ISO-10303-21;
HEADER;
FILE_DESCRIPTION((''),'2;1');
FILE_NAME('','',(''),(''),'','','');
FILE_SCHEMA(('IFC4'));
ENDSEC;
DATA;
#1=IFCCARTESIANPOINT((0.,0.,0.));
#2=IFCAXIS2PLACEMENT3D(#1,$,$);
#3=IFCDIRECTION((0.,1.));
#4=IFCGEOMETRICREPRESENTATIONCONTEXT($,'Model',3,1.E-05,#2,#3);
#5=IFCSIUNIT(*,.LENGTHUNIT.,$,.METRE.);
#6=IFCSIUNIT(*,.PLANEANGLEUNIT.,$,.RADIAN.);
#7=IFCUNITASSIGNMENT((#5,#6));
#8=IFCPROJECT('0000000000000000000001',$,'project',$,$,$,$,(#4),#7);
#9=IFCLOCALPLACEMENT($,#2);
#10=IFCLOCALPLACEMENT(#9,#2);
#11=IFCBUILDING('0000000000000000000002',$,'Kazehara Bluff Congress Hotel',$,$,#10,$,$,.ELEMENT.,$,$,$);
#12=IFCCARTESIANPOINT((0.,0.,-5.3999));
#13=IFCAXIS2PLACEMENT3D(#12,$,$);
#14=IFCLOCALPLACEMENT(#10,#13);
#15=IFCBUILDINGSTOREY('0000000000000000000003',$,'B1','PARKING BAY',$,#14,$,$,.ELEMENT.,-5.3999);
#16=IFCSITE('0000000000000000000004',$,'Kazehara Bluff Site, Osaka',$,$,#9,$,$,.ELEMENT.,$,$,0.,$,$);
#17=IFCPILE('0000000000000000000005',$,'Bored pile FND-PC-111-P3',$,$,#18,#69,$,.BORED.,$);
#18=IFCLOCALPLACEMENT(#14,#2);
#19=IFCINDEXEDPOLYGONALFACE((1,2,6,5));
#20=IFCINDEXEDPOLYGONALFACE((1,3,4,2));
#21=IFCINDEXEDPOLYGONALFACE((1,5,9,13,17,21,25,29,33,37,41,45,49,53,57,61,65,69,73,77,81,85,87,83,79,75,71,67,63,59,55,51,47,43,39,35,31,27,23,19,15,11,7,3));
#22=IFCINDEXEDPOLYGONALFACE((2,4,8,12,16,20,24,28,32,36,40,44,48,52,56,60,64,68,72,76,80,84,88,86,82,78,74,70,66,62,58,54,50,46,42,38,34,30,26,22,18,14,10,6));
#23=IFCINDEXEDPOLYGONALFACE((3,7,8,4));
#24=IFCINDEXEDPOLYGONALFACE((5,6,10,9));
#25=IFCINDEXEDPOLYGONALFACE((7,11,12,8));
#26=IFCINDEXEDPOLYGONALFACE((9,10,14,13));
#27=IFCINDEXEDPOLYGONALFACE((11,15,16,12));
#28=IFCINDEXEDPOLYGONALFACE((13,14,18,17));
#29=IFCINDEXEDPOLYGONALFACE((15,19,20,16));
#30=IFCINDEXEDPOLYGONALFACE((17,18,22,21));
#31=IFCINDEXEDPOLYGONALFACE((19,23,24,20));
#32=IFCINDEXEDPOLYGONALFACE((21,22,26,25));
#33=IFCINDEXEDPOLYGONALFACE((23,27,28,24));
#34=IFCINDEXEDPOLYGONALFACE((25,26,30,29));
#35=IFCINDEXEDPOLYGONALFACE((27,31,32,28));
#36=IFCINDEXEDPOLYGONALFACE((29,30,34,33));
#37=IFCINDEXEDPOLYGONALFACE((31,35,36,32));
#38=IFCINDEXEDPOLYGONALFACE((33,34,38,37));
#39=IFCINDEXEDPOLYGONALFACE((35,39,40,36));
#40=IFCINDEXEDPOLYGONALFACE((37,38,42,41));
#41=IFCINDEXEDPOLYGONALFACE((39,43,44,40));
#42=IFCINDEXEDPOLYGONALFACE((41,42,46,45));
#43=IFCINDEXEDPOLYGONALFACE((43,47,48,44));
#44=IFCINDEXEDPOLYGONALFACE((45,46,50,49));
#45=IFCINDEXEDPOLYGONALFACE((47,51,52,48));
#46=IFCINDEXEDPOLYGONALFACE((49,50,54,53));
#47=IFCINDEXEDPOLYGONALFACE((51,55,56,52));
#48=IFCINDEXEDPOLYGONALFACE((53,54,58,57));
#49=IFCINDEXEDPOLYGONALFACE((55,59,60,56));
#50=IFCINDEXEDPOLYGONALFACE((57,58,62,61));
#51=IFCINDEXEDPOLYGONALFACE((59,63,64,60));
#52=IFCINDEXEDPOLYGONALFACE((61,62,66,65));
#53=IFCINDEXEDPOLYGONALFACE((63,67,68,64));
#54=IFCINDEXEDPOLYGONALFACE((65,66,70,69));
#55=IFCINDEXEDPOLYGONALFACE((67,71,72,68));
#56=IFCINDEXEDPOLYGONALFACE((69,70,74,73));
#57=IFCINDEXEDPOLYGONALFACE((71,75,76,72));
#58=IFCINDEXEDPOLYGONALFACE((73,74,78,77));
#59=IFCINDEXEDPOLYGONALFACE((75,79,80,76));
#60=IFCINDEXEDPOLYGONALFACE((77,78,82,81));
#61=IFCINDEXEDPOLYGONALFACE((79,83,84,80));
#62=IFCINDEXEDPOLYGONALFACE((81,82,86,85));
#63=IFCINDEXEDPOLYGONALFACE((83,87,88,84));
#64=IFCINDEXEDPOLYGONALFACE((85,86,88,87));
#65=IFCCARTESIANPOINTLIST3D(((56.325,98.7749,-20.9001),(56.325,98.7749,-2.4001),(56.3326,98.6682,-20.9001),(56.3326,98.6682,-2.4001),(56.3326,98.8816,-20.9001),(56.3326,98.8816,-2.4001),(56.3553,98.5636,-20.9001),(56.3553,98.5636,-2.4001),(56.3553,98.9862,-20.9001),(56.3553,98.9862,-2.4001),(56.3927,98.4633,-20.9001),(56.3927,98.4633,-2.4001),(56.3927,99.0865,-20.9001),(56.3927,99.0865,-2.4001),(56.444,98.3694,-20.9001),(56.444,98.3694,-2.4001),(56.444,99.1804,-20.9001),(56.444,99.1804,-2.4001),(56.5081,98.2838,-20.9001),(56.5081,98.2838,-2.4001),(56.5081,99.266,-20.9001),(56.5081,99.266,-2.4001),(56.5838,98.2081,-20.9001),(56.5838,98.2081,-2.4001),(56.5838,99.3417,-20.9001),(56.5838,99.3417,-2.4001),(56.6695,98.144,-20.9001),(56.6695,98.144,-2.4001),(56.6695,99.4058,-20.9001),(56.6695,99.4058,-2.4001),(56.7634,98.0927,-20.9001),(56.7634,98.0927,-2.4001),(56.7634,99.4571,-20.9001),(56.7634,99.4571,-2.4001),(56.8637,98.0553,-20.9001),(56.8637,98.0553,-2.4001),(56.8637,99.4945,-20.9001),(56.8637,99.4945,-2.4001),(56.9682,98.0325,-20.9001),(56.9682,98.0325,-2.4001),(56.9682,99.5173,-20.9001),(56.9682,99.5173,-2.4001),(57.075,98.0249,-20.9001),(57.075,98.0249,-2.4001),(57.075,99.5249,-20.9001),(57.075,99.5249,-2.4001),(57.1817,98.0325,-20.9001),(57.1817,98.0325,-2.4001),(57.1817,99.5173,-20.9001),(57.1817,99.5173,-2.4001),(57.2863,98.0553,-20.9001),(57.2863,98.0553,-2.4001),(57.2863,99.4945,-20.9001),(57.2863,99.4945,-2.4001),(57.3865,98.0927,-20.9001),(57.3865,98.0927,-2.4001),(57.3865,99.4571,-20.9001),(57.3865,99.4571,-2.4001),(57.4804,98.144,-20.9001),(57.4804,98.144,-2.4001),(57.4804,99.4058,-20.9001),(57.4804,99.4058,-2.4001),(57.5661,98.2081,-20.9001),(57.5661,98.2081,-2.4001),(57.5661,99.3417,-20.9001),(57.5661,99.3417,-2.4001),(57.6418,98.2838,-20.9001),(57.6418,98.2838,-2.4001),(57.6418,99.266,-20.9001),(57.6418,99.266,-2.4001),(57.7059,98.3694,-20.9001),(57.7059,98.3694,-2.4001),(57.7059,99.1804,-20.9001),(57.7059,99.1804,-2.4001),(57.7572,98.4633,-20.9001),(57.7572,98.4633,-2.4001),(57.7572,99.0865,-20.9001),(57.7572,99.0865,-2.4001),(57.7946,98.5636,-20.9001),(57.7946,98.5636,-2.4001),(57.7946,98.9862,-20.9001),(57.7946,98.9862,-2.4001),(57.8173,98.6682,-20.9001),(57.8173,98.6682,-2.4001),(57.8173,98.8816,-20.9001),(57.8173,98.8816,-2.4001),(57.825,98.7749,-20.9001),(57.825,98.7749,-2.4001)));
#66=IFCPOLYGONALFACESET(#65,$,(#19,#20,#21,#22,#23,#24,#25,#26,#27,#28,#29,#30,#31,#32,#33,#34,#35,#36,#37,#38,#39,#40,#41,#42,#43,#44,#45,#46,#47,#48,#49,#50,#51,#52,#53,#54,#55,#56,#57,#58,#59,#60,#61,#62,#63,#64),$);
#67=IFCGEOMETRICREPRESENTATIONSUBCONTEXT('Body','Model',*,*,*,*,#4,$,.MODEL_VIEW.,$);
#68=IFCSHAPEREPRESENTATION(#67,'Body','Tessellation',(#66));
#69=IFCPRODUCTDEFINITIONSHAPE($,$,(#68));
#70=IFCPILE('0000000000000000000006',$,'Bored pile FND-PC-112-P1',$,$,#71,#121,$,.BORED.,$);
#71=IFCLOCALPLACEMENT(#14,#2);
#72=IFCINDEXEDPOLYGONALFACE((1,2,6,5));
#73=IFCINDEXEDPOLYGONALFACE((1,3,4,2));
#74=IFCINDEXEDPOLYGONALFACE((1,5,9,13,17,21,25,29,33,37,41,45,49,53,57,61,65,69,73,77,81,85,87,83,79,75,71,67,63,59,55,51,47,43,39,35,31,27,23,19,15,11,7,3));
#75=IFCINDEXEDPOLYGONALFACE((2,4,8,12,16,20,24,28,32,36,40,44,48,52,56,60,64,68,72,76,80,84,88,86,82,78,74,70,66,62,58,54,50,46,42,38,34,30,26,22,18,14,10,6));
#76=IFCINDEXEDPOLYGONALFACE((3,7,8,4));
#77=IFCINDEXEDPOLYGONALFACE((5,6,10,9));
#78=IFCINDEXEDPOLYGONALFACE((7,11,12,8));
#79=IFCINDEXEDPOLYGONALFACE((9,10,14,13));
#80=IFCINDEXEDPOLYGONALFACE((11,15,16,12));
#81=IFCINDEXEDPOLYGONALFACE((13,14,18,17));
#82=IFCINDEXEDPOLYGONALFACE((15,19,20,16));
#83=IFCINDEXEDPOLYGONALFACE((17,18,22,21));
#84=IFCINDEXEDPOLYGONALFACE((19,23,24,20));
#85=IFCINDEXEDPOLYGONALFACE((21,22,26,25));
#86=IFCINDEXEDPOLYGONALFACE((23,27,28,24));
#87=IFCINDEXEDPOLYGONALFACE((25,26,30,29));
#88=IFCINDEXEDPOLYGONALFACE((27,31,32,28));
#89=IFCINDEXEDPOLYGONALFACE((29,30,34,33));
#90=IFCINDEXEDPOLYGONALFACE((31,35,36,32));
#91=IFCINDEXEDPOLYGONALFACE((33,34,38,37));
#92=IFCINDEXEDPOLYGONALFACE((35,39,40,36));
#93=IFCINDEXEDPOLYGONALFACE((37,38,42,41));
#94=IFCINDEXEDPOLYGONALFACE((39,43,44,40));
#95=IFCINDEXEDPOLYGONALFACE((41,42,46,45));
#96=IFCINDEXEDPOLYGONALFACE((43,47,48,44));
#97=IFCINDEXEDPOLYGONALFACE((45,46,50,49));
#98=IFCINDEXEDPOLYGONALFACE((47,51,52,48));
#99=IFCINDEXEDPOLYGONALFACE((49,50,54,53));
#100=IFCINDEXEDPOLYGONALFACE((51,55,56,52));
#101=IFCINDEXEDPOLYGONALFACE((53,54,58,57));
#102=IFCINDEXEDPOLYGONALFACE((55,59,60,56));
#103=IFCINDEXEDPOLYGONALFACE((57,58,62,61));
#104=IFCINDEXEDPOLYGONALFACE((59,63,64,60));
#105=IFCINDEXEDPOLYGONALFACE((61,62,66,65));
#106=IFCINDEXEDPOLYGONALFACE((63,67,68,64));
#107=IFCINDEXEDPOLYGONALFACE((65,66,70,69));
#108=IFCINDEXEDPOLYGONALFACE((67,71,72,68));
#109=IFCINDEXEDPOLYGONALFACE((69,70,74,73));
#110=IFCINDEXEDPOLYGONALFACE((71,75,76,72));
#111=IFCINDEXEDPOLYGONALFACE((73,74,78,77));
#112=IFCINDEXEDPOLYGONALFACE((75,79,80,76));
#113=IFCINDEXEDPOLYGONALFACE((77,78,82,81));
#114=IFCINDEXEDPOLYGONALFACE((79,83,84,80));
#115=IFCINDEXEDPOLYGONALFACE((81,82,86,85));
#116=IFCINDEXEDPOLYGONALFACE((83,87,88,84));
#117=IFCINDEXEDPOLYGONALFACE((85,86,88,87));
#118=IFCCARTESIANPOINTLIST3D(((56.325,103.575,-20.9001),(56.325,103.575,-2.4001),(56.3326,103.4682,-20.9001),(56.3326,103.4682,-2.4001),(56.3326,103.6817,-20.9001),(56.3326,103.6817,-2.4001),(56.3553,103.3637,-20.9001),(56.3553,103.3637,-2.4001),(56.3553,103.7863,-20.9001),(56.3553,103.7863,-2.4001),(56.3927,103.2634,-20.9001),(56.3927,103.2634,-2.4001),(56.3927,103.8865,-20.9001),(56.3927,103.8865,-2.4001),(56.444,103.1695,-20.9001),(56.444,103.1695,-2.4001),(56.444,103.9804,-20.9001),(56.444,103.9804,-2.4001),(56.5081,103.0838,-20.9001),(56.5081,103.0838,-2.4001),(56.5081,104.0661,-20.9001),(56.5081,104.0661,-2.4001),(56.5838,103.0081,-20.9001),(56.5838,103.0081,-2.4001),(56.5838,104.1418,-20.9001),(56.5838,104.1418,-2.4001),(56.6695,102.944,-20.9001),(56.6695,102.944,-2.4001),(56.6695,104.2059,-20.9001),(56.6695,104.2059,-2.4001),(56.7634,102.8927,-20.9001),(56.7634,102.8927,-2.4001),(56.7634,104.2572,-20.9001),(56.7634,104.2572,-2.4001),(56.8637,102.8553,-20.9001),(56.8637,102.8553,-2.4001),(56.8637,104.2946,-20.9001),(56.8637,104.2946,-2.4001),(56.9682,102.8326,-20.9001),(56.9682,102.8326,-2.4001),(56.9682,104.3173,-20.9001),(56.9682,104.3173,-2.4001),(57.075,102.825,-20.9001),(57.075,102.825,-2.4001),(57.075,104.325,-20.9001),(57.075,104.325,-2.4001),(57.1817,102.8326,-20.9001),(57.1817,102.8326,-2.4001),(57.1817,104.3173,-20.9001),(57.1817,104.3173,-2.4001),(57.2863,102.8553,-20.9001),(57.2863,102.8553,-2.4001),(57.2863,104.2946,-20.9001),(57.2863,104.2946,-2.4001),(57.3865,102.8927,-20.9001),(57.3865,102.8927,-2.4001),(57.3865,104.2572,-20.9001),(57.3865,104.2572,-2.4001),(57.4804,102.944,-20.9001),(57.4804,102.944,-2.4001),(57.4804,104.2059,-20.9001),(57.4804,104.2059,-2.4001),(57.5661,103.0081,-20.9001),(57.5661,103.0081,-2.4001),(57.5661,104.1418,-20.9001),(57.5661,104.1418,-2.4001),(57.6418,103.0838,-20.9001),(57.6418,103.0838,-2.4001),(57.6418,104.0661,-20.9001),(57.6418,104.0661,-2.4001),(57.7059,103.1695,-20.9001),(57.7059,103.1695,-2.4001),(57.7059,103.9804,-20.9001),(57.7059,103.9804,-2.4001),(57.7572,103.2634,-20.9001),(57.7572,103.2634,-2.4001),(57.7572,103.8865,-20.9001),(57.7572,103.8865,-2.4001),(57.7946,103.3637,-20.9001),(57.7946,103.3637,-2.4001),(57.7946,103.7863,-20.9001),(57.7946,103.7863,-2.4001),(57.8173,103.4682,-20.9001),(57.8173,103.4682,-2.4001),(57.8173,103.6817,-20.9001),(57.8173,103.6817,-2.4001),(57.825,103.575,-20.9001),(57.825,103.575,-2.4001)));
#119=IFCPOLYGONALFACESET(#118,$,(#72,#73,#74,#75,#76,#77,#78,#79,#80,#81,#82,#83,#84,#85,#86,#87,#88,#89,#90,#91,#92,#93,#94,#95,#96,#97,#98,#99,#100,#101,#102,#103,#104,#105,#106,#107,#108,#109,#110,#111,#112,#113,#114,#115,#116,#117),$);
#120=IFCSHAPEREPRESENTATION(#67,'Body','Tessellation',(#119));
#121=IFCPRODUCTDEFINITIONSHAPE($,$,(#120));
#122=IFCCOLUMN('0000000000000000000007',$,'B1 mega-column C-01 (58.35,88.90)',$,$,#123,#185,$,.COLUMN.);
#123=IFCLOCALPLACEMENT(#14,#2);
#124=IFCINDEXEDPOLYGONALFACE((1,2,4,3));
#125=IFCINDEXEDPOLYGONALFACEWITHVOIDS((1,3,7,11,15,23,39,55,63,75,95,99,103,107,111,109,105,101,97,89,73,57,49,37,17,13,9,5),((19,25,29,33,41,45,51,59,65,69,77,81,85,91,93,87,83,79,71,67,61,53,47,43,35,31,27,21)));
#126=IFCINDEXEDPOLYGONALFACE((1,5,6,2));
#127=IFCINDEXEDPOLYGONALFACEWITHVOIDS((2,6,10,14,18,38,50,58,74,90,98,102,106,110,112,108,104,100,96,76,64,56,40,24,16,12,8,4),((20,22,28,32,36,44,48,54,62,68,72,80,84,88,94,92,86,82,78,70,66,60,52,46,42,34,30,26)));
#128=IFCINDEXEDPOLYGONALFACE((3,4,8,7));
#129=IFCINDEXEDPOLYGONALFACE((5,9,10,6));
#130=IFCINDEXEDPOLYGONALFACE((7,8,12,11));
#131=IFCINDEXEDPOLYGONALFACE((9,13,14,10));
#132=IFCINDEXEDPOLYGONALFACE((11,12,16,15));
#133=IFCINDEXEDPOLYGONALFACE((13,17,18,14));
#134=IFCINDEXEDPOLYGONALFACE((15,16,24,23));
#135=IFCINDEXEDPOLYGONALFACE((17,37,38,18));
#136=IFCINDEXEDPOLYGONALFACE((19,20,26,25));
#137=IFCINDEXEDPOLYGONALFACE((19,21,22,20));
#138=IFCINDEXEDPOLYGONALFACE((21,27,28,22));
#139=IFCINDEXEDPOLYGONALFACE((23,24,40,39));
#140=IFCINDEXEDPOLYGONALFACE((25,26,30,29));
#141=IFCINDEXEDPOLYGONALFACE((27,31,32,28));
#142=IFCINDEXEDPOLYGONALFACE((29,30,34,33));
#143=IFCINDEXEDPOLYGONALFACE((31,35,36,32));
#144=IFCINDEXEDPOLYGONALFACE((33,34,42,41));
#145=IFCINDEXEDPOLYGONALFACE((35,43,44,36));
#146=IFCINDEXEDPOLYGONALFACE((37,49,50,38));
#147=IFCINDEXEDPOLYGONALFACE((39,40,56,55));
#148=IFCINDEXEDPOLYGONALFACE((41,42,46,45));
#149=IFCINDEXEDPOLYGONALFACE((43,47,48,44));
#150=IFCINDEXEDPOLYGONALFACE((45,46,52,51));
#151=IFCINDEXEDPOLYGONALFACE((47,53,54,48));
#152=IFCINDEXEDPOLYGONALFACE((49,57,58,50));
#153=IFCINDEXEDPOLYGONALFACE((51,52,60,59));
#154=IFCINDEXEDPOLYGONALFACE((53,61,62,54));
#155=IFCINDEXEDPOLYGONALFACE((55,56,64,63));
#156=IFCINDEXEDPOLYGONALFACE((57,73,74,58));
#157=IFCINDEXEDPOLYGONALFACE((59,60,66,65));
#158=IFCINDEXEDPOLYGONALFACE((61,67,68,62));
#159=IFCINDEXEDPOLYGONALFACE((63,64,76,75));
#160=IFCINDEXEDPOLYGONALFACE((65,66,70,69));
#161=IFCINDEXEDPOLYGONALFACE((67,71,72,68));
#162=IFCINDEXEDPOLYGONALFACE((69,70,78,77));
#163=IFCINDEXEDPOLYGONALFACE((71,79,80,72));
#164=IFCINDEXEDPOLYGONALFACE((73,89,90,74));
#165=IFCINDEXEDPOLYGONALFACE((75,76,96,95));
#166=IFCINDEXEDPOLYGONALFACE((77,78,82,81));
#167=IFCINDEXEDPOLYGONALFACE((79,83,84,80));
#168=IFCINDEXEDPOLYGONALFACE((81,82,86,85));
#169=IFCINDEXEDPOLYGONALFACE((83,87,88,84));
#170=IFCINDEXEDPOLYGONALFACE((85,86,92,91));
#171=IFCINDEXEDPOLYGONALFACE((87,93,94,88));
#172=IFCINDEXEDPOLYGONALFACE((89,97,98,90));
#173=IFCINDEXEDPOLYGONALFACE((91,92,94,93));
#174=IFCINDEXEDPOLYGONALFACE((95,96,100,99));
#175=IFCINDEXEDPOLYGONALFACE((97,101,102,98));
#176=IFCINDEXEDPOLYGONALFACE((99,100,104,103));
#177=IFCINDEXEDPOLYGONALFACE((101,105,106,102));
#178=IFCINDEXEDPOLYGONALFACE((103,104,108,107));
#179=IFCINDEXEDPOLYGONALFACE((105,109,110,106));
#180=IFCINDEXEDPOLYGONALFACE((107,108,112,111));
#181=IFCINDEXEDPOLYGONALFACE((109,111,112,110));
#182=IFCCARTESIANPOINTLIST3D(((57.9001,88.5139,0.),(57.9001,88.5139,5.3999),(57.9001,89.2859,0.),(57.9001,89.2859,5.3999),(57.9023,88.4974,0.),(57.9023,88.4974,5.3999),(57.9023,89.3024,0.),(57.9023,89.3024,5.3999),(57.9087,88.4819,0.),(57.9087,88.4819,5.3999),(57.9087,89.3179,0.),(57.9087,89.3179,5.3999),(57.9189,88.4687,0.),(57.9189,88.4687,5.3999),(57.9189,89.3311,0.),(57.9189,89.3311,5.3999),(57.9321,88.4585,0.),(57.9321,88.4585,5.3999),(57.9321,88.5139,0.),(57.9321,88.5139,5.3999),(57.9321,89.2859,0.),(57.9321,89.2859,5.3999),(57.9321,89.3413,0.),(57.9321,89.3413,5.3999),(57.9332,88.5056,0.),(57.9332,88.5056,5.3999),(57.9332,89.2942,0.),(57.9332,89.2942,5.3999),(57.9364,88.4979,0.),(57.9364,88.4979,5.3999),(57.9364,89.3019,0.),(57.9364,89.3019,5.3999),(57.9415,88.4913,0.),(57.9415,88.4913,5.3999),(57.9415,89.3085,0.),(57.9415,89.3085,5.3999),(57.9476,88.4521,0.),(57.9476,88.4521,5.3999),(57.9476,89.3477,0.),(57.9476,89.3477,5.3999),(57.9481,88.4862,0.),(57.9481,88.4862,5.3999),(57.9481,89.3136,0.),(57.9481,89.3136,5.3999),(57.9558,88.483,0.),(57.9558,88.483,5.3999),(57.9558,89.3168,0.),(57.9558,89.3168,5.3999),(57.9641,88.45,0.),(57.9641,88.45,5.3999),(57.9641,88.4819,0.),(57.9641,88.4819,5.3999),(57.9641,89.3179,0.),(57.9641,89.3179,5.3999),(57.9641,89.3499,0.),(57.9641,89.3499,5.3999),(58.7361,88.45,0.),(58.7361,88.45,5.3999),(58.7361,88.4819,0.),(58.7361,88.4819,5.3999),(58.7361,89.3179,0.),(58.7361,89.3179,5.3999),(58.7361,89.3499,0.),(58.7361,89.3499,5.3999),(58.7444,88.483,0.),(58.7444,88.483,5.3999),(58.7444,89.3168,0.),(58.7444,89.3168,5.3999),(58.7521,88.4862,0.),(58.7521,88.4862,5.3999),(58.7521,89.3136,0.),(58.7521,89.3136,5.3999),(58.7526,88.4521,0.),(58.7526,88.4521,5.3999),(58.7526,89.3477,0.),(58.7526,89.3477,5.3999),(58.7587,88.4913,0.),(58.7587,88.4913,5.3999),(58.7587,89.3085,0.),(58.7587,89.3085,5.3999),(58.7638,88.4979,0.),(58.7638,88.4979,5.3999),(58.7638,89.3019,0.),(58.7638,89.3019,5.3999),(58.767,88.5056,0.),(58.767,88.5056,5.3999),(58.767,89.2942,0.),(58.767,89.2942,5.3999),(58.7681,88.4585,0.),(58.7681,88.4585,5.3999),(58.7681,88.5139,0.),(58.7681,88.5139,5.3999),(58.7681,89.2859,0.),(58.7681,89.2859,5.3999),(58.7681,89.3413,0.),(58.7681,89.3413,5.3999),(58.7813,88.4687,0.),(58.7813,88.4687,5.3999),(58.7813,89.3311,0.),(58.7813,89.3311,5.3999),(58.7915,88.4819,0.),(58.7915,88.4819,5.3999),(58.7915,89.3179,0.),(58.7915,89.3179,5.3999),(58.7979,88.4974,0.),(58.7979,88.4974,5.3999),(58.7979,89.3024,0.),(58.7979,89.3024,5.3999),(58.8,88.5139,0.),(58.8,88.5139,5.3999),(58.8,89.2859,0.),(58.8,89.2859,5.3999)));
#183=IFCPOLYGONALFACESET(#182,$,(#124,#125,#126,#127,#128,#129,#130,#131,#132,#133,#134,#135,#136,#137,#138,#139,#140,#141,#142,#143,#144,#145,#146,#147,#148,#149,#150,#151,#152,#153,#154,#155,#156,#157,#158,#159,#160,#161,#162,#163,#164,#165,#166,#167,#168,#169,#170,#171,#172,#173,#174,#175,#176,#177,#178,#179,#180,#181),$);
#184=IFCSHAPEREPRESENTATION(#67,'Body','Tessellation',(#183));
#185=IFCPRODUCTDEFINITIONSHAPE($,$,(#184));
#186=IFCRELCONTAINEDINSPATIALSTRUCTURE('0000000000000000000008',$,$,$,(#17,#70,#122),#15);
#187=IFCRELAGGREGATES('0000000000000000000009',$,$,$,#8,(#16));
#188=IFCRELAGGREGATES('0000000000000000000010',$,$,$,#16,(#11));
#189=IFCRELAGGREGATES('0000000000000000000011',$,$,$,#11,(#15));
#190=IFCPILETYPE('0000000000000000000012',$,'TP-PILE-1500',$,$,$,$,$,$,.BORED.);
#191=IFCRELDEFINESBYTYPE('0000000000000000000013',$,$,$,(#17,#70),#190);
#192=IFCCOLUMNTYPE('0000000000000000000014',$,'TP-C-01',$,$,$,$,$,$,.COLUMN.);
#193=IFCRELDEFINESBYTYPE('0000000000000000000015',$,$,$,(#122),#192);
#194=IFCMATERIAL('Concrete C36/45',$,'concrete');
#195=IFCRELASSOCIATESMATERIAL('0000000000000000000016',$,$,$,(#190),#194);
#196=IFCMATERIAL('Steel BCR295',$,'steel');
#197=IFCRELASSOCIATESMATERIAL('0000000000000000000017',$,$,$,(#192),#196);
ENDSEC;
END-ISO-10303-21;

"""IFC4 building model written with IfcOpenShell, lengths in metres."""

from ifc_helpers import new_model, si_unit, direction, frame, origin, origin_2d, place, context, subcontext, project, spatial, hollow_rectangle, circle, extrude, material, material_profile, profile_set, type_object, element, save


model = new_model("IFC4")

# Units and contexts
model_context = context("Model", 3, precision=1e-05, world=origin(), true_north=direction((0.0, 1.0)))
body_context = subcontext(model_context, "Body", "Model", "MODEL_VIEW")
ifc_project = project(units=[si_unit("LENGTHUNIT", "METRE"), si_unit("PLANEANGLEUNIT", "RADIAN")], contexts=[model_context])

# Site, building, storey
site_placement = place(None, origin())
site = spatial("IfcSite", under=ifc_project, at=site_placement, Name="Kazehara Bluff Site, Osaka", CompositionType="ELEMENT", RefElevation=0.0)
building_placement = place(site_placement, origin())
building = spatial("IfcBuilding", under=site, at=building_placement, Name="Kazehara Bluff Congress Hotel", CompositionType="ELEMENT")
storey_placement = place(building_placement, frame((0.0, 0.0, -5.3999)))
storey = spatial("IfcBuildingStorey", under=building, at=storey_placement, Name="B1", Description="PARKING BAY", CompositionType="ELEMENT", Elevation=-5.3999)

# Piles
ifc_material_1 = material(Name="Concrete C36/45", Category="concrete")
ifc_material_profile_1 = material_profile(ifc_material_1, circle(Radius=0.75, at=origin_2d()))
ifc_profile_set_1 = profile_set([ifc_material_profile_1], Name="Concrete C36/45")
pile_type_1 = type_object("IfcPileType", Name="TP-PILE-1500", PredefinedType="BORED", material=ifc_profile_set_1)
for number, where, z_axis, x_axis, name in (
    (1, (57.075, 98.7749, -2.4001), (0.0, 0.0, -1.0), (1.0, 0.0, 0.0), "Bored pile FND-PC-111-P3"),
    (2, (57.075, 103.575, -2.4001), (0.0, 0.0, -1.0), (1.0, 0.0, 0.0), "Bored pile FND-PC-112-P1"),
):
    element("IfcPile", number, at=place(storey_placement, frame(where, z_axis=z_axis, x_axis=x_axis)), inside=storey, type_object=pile_type_1, Name=name, PredefinedType="BORED", context=body_context, shape_type="SweptSolid", body=[
        extrude(circle(Radius=0.75, at=origin_2d()), origin(), (0.0, 0.0, 1.0), 18.5),
    ])

# Column
ifc_material_2 = material(Name="Steel BCR295", Category="steel")
ifc_material_profile_2 = material_profile(ifc_material_2, hollow_rectangle(XDim=0.8999, YDim=0.8999, WallThickness=0.032, InnerFilletRadius=0.032, OuterFilletRadius=0.064, at=origin_2d()))
ifc_profile_set_2 = profile_set([ifc_material_profile_2], Name="Steel BCR295")
column_type_1 = type_object("IfcColumnType", Name="TP-C-01", PredefinedType="COLUMN", material=ifc_profile_set_2)
for number, where, z_axis, x_axis, name in (
    (3, (58.3501, 88.8999, 0.0), (0.0, 0.0, 1.0), (1.0, 0.0, 0.0), "B1 mega-column C-01 (58.35,88.90)"),
):
    element("IfcColumn", number, at=place(storey_placement, frame(where, z_axis=z_axis, x_axis=x_axis)), inside=storey, type_object=column_type_1, Name=name, PredefinedType="COLUMN", context=body_context, shape_type="SweptSolid", body=[
        extrude(hollow_rectangle(XDim=0.8999, YDim=0.8999, WallThickness=0.032, InnerFilletRadius=0.032, OuterFilletRadius=0.064, at=origin_2d()), origin(), (0.0, 0.0, 1.0), 5.3999),
    ])

save(model, "model.ifc")
